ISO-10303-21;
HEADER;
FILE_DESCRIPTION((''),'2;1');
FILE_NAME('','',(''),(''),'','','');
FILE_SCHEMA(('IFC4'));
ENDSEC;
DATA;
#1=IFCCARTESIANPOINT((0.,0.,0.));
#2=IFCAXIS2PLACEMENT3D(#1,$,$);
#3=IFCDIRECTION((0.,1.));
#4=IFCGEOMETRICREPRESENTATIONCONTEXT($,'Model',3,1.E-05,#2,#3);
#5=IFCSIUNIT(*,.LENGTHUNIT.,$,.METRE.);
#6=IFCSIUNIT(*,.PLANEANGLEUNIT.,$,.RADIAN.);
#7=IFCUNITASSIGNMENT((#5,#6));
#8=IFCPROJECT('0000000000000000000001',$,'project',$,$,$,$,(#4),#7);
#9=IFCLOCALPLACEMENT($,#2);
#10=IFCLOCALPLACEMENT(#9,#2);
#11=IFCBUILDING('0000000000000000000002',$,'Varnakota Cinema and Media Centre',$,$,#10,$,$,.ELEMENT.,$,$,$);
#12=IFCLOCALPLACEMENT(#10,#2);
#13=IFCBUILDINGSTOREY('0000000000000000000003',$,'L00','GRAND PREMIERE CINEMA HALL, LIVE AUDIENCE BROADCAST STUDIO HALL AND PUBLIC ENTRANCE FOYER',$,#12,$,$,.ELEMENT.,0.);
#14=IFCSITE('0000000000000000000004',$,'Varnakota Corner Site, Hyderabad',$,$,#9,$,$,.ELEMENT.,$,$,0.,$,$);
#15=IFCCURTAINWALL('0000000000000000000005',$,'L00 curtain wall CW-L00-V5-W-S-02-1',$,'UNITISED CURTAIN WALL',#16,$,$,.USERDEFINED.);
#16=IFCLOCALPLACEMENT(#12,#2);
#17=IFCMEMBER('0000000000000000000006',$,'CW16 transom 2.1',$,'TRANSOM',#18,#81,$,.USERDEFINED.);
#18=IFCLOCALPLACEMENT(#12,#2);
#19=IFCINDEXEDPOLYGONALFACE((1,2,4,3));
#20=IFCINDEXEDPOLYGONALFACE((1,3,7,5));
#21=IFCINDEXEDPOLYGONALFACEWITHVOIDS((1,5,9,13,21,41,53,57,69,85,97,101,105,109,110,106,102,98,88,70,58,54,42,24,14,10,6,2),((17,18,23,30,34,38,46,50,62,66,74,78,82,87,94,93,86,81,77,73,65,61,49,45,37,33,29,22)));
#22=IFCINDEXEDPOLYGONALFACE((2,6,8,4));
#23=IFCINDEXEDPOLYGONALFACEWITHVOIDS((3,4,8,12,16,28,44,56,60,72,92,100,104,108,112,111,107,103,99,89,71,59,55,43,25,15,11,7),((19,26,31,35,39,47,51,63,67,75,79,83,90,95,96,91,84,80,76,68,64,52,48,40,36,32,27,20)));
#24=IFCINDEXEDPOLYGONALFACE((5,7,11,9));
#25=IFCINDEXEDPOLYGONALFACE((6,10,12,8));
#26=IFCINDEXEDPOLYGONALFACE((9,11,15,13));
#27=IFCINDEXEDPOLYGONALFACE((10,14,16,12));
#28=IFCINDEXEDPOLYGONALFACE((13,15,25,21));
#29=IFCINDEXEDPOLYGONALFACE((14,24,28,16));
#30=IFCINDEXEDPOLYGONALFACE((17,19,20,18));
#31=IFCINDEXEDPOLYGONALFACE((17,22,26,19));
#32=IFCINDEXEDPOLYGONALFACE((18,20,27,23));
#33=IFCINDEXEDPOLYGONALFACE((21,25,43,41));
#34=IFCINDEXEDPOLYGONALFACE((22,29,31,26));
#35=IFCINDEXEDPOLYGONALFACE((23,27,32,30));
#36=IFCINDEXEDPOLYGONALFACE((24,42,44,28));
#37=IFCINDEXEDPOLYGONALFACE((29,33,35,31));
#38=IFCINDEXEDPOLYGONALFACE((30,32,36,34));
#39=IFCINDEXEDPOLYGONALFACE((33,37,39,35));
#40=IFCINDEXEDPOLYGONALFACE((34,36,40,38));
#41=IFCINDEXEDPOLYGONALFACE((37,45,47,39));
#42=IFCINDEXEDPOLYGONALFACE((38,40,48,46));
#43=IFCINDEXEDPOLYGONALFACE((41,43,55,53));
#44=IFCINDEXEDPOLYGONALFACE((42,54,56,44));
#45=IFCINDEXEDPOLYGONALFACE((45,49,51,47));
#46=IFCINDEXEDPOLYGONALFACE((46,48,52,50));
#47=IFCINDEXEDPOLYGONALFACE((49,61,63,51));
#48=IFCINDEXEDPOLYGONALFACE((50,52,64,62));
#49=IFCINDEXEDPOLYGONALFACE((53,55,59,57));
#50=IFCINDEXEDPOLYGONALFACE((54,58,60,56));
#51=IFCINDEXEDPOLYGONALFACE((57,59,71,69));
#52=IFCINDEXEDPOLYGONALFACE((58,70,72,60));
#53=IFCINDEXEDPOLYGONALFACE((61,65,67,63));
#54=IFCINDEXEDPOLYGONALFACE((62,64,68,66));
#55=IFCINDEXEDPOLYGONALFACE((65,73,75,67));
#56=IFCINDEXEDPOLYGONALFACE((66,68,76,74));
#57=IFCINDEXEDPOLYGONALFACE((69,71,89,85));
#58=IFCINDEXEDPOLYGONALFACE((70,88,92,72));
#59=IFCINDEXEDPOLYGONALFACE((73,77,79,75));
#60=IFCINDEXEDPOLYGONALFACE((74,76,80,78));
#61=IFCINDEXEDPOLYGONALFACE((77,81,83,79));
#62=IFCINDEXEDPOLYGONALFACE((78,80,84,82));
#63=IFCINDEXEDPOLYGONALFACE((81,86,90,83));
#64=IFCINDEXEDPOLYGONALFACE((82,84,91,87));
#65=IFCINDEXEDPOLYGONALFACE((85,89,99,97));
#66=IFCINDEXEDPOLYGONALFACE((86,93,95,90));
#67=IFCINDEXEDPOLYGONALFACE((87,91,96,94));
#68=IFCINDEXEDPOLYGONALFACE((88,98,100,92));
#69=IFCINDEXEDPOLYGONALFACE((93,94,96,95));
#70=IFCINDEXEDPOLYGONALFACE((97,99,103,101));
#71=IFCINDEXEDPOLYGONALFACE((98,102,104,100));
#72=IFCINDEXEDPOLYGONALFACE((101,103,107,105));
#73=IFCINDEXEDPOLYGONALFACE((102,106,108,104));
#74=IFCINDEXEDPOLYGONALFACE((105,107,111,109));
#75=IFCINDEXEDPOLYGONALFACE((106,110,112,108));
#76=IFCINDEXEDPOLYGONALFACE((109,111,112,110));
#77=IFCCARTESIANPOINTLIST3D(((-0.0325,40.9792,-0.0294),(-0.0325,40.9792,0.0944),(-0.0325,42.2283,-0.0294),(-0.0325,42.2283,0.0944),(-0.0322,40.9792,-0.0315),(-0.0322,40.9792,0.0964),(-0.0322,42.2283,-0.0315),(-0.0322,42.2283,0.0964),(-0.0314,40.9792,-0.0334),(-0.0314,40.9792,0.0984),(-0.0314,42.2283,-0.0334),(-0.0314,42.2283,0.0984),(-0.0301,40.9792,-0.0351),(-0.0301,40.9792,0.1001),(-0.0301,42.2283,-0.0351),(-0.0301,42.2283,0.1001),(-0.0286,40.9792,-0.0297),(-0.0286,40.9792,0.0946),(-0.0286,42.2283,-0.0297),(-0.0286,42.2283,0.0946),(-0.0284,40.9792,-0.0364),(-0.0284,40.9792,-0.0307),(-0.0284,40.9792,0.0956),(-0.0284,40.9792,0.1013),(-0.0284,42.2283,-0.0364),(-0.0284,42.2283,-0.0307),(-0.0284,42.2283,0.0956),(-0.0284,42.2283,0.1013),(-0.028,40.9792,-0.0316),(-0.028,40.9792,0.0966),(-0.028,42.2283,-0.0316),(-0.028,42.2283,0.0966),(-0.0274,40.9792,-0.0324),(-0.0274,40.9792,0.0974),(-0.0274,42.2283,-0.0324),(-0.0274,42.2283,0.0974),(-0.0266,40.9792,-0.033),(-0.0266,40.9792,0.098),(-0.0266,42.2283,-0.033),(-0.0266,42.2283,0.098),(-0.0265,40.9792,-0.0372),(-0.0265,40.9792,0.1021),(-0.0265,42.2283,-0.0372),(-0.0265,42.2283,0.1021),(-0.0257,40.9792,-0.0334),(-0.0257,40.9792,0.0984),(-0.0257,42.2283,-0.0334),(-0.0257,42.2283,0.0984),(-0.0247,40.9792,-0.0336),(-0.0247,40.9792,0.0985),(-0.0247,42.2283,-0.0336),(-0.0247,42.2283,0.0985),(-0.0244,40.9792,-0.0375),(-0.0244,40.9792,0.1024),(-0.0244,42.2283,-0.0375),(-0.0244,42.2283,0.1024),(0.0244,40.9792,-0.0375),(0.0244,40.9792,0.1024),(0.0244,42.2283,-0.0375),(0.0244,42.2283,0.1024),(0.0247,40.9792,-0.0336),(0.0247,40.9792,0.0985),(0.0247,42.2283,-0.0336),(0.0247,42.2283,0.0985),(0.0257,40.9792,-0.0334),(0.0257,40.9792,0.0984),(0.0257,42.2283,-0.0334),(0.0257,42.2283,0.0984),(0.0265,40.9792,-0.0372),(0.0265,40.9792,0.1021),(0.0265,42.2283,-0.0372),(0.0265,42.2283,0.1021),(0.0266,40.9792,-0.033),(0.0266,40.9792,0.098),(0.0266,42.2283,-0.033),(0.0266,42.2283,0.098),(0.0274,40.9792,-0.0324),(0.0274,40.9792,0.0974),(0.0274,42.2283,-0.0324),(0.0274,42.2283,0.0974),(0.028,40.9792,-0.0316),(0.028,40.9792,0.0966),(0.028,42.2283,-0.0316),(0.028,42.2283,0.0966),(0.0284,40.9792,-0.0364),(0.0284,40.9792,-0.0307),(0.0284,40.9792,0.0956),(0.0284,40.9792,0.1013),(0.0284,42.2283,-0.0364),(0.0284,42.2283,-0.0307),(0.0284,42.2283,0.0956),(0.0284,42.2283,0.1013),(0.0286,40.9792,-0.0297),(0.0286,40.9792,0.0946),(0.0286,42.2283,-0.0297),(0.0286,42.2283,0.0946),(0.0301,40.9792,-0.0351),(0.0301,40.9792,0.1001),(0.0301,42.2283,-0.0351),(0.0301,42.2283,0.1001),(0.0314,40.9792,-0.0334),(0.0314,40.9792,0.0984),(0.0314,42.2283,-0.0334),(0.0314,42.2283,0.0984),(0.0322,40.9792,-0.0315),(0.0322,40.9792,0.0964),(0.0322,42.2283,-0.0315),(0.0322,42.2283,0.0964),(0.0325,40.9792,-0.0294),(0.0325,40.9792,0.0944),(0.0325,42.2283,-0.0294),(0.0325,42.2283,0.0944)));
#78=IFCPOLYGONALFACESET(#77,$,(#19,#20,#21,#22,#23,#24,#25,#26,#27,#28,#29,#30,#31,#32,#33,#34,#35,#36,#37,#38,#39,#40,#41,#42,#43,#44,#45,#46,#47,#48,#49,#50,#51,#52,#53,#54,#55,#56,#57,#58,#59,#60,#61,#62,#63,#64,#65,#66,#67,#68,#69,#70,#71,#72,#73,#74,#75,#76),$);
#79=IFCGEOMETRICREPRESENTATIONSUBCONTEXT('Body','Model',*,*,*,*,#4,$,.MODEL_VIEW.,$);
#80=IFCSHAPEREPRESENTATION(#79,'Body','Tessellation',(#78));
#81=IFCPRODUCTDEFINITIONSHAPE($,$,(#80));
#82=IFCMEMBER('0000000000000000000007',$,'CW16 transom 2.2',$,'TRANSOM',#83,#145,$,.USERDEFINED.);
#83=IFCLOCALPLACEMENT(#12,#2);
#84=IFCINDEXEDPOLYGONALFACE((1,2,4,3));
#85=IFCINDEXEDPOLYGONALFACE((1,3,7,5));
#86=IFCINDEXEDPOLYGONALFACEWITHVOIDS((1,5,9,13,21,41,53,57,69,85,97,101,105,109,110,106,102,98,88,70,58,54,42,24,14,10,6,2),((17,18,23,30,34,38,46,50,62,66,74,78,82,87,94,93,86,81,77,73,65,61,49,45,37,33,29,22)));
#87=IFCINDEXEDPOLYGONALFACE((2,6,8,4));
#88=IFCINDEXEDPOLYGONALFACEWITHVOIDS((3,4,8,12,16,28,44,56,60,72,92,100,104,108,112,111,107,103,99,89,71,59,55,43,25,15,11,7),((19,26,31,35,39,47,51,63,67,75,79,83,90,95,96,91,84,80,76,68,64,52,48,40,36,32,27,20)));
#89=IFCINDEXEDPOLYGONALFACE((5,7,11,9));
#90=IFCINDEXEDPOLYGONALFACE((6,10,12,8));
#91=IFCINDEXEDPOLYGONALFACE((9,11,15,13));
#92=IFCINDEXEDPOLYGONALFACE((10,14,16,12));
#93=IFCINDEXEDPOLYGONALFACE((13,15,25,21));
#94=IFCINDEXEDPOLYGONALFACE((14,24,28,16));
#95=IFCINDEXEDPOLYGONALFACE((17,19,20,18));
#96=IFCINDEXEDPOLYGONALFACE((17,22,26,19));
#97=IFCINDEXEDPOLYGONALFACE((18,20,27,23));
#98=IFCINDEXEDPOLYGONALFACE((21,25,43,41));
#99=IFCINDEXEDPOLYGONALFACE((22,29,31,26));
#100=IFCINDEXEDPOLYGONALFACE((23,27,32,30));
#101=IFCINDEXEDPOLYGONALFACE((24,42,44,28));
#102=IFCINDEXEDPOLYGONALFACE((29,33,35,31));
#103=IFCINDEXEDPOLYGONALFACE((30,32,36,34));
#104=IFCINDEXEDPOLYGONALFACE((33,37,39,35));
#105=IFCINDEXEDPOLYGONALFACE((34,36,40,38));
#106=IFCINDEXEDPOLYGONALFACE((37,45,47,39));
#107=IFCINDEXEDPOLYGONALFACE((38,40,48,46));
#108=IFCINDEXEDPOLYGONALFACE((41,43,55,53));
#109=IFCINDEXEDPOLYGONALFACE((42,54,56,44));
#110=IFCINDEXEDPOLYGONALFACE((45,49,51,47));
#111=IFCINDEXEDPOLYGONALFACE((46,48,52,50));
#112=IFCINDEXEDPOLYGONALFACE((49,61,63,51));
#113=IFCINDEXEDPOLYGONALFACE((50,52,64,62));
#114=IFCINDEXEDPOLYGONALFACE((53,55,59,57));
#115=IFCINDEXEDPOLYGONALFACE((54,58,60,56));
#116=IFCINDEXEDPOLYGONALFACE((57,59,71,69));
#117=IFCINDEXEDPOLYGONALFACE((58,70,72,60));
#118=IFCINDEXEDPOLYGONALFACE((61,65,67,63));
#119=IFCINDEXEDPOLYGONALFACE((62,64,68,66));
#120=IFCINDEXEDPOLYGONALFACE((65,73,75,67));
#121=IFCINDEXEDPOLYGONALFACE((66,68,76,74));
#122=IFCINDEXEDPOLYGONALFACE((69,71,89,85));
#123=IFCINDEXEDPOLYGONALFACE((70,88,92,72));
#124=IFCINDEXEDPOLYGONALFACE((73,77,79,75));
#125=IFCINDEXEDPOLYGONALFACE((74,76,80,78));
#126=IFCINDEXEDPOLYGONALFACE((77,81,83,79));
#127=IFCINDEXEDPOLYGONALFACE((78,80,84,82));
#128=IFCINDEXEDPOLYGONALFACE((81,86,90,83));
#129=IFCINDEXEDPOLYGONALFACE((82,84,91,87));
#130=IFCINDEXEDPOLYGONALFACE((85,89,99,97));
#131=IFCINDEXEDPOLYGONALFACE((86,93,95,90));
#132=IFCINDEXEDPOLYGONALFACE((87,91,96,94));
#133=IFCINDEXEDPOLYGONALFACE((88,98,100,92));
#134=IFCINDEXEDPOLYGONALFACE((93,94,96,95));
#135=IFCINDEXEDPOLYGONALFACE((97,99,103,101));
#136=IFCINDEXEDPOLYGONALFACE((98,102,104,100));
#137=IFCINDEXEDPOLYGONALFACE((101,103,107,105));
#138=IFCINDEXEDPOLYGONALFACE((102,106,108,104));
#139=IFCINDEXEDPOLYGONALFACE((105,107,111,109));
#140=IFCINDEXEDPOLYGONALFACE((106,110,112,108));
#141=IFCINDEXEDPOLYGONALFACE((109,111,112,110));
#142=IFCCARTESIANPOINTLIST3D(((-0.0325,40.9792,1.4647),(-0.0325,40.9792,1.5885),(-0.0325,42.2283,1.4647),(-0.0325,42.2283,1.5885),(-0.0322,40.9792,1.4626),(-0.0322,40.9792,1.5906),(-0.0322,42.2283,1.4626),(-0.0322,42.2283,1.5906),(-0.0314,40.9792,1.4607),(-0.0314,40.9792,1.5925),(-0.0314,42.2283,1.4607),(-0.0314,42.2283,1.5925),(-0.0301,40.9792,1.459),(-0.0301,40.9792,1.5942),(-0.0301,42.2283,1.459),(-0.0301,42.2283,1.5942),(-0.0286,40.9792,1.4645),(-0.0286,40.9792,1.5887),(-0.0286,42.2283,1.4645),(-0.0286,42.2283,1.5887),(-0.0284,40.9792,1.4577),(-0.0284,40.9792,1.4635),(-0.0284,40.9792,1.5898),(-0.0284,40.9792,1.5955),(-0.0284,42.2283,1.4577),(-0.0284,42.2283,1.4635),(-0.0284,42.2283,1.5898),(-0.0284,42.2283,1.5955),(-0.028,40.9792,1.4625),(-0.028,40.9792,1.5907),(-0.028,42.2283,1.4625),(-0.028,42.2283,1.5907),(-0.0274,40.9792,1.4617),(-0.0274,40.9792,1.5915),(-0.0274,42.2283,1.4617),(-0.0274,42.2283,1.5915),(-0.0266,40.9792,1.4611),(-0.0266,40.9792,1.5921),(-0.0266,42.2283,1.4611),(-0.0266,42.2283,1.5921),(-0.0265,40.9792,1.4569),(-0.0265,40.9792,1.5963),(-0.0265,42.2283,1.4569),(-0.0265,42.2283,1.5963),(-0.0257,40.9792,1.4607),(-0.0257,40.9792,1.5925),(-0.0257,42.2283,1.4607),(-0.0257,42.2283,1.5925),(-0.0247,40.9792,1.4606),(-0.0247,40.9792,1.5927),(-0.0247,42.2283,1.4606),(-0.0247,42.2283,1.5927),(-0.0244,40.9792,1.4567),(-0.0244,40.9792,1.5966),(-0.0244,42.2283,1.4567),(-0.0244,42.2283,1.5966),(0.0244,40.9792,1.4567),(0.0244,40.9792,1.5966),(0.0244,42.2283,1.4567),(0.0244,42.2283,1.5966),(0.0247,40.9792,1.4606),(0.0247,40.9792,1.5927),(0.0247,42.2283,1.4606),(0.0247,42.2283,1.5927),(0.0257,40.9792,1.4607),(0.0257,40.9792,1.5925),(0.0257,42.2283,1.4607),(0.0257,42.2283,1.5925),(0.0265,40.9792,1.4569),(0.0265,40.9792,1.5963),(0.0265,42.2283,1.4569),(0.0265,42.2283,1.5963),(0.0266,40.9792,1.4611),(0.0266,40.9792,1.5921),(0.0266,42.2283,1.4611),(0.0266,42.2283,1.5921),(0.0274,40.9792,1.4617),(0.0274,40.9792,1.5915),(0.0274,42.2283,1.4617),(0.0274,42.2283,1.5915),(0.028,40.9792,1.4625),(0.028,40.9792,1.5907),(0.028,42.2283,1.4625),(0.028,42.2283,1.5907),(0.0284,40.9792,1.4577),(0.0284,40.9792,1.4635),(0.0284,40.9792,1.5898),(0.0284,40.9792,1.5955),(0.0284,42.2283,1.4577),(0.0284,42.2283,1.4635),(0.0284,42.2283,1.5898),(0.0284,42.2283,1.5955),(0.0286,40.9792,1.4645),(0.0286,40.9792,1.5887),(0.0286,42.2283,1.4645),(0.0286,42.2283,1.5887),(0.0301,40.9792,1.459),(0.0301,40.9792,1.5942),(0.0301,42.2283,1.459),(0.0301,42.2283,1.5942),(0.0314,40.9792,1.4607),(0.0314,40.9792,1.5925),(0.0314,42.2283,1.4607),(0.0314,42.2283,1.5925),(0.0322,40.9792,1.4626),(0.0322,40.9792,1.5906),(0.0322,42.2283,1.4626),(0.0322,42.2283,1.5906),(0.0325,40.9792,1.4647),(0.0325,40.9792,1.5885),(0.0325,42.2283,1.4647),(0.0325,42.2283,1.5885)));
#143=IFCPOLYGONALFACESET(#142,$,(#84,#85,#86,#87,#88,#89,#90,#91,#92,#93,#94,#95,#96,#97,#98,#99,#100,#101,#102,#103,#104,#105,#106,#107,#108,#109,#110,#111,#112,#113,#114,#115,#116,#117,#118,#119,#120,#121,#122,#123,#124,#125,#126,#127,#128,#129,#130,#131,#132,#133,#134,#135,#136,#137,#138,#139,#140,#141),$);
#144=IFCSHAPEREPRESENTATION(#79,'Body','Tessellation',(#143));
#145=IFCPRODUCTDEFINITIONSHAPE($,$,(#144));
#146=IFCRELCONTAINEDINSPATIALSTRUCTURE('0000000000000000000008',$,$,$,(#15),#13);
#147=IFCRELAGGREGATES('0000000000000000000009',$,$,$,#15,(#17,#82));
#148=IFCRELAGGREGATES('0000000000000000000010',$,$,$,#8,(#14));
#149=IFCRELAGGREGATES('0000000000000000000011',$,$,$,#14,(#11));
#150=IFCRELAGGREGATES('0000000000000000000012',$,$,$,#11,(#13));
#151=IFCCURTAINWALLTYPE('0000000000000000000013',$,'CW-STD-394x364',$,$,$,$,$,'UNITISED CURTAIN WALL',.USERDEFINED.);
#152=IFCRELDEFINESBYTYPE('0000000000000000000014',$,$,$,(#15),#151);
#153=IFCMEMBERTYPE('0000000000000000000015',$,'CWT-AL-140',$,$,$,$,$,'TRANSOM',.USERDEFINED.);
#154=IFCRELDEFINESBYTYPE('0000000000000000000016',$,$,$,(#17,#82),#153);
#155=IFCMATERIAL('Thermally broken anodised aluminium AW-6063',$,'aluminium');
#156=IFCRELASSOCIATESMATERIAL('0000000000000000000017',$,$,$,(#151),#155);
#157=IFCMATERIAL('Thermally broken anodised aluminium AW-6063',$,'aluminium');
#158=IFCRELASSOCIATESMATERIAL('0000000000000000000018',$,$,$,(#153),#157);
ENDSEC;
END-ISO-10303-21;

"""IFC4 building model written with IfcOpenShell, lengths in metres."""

from ifc_helpers import new_model, si_unit, direction, frame, origin, origin_2d, place, context, subcontext, project, spatial, hollow_rectangle, extrude, material, material_profile, profile_set, type_object, element, aggregate, save


model = new_model("IFC4")

# Units and contexts
model_context = context("Model", 3, precision=1e-05, world=origin(), true_north=direction((0.0, 1.0)))
body_context = subcontext(model_context, "Body", "Model", "MODEL_VIEW")
ifc_project = project(units=[si_unit("LENGTHUNIT", "METRE"), si_unit("PLANEANGLEUNIT", "RADIAN")], contexts=[model_context])

# Site, building, storey
site_placement = place(None, origin())
site = spatial("IfcSite", under=ifc_project, at=site_placement, Name="Varnakota Corner Site, Hyderabad", CompositionType="ELEMENT", RefElevation=0.0)
building_placement = place(site_placement, origin())
building = spatial("IfcBuilding", under=site, at=building_placement, Name="Varnakota Cinema and Media Centre", CompositionType="ELEMENT")
storey_placement = place(building_placement, origin())
storey = spatial("IfcBuildingStorey", under=building, at=storey_placement, Name="L00", Description="GRAND PREMIERE CINEMA HALL, LIVE AUDIENCE BROADCAST STUDIO HALL AND PUBLIC ENTRANCE FOYER", CompositionType="ELEMENT", Elevation=0.0)

# Curtain wall, members
ifc_material_1 = material(Name="Thermally broken anodised aluminium AW-6063", Category="aluminium")
curtain_wall_type = type_object("IfcCurtainWallType", Name="CW-STD-394x364", ElementType="UNITISED CURTAIN WALL", PredefinedType="USERDEFINED", material=ifc_material_1)
curtain_wall_placement = place(storey_placement, origin())
curtain_wall = element("IfcCurtainWall", 1, at=curtain_wall_placement, inside=storey, type_object=curtain_wall_type, Name="L00 curtain wall CW-L00-V5-W-S-02-1", ObjectType="UNITISED CURTAIN WALL", PredefinedType="USERDEFINED")
ifc_material_2 = material(Name="Thermally broken anodised aluminium AW-6063", Category="aluminium")
ifc_material_profile_1 = material_profile(ifc_material_2, hollow_rectangle(XDim=0.0649, YDim=0.1399, WallThickness=0.0039, InnerFilletRadius=0.0039, OuterFilletRadius=0.0081, at=origin_2d()), Name="AL-TRANSOM 140x65x4")
ifc_profile_set_1 = profile_set([ifc_material_profile_1], Name="Thermally broken anodised aluminium AW-6063")
member_type_1 = type_object("IfcMemberType", Name="CWT-AL-140", ElementType="TRANSOM", PredefinedType="USERDEFINED", material=ifc_profile_set_1)
member_1_placement = place(storey_placement, frame((0.0, 42.2283, 0.0325), z_axis=(0.0, -1.0, 0.0), x_axis=(1.0, 0.0, 0.0)))
member_1 = element("IfcMember", 2, at=member_1_placement, type_object=member_type_1, Name="CW16 transom 2.1", ObjectType="TRANSOM", PredefinedType="USERDEFINED", context=body_context, shape_type="SweptSolid", body=[
    extrude(hollow_rectangle(XDim=0.0649, YDim=0.1399, WallThickness=0.0039, InnerFilletRadius=0.0039, OuterFilletRadius=0.0081, at=origin_2d()), origin(), (0.0, 0.0, 1.0), 1.249),
])
member_2_placement = place(storey_placement, frame((0.0, 42.2283, 1.5266), z_axis=(0.0, -1.0, 0.0), x_axis=(1.0, 0.0, 0.0)))
member_2 = element("IfcMember", 3, at=member_2_placement, type_object=member_type_1, Name="CW16 transom 2.2", ObjectType="TRANSOM", PredefinedType="USERDEFINED", context=body_context, shape_type="SweptSolid", body=[
    extrude(hollow_rectangle(XDim=0.0649, YDim=0.1399, WallThickness=0.0039, InnerFilletRadius=0.0039, OuterFilletRadius=0.0081, at=origin_2d()), origin(), (0.0, 0.0, 1.0), 1.249),
])
aggregate(curtain_wall, [member_1, member_2])

save(model, "model.ifc")
